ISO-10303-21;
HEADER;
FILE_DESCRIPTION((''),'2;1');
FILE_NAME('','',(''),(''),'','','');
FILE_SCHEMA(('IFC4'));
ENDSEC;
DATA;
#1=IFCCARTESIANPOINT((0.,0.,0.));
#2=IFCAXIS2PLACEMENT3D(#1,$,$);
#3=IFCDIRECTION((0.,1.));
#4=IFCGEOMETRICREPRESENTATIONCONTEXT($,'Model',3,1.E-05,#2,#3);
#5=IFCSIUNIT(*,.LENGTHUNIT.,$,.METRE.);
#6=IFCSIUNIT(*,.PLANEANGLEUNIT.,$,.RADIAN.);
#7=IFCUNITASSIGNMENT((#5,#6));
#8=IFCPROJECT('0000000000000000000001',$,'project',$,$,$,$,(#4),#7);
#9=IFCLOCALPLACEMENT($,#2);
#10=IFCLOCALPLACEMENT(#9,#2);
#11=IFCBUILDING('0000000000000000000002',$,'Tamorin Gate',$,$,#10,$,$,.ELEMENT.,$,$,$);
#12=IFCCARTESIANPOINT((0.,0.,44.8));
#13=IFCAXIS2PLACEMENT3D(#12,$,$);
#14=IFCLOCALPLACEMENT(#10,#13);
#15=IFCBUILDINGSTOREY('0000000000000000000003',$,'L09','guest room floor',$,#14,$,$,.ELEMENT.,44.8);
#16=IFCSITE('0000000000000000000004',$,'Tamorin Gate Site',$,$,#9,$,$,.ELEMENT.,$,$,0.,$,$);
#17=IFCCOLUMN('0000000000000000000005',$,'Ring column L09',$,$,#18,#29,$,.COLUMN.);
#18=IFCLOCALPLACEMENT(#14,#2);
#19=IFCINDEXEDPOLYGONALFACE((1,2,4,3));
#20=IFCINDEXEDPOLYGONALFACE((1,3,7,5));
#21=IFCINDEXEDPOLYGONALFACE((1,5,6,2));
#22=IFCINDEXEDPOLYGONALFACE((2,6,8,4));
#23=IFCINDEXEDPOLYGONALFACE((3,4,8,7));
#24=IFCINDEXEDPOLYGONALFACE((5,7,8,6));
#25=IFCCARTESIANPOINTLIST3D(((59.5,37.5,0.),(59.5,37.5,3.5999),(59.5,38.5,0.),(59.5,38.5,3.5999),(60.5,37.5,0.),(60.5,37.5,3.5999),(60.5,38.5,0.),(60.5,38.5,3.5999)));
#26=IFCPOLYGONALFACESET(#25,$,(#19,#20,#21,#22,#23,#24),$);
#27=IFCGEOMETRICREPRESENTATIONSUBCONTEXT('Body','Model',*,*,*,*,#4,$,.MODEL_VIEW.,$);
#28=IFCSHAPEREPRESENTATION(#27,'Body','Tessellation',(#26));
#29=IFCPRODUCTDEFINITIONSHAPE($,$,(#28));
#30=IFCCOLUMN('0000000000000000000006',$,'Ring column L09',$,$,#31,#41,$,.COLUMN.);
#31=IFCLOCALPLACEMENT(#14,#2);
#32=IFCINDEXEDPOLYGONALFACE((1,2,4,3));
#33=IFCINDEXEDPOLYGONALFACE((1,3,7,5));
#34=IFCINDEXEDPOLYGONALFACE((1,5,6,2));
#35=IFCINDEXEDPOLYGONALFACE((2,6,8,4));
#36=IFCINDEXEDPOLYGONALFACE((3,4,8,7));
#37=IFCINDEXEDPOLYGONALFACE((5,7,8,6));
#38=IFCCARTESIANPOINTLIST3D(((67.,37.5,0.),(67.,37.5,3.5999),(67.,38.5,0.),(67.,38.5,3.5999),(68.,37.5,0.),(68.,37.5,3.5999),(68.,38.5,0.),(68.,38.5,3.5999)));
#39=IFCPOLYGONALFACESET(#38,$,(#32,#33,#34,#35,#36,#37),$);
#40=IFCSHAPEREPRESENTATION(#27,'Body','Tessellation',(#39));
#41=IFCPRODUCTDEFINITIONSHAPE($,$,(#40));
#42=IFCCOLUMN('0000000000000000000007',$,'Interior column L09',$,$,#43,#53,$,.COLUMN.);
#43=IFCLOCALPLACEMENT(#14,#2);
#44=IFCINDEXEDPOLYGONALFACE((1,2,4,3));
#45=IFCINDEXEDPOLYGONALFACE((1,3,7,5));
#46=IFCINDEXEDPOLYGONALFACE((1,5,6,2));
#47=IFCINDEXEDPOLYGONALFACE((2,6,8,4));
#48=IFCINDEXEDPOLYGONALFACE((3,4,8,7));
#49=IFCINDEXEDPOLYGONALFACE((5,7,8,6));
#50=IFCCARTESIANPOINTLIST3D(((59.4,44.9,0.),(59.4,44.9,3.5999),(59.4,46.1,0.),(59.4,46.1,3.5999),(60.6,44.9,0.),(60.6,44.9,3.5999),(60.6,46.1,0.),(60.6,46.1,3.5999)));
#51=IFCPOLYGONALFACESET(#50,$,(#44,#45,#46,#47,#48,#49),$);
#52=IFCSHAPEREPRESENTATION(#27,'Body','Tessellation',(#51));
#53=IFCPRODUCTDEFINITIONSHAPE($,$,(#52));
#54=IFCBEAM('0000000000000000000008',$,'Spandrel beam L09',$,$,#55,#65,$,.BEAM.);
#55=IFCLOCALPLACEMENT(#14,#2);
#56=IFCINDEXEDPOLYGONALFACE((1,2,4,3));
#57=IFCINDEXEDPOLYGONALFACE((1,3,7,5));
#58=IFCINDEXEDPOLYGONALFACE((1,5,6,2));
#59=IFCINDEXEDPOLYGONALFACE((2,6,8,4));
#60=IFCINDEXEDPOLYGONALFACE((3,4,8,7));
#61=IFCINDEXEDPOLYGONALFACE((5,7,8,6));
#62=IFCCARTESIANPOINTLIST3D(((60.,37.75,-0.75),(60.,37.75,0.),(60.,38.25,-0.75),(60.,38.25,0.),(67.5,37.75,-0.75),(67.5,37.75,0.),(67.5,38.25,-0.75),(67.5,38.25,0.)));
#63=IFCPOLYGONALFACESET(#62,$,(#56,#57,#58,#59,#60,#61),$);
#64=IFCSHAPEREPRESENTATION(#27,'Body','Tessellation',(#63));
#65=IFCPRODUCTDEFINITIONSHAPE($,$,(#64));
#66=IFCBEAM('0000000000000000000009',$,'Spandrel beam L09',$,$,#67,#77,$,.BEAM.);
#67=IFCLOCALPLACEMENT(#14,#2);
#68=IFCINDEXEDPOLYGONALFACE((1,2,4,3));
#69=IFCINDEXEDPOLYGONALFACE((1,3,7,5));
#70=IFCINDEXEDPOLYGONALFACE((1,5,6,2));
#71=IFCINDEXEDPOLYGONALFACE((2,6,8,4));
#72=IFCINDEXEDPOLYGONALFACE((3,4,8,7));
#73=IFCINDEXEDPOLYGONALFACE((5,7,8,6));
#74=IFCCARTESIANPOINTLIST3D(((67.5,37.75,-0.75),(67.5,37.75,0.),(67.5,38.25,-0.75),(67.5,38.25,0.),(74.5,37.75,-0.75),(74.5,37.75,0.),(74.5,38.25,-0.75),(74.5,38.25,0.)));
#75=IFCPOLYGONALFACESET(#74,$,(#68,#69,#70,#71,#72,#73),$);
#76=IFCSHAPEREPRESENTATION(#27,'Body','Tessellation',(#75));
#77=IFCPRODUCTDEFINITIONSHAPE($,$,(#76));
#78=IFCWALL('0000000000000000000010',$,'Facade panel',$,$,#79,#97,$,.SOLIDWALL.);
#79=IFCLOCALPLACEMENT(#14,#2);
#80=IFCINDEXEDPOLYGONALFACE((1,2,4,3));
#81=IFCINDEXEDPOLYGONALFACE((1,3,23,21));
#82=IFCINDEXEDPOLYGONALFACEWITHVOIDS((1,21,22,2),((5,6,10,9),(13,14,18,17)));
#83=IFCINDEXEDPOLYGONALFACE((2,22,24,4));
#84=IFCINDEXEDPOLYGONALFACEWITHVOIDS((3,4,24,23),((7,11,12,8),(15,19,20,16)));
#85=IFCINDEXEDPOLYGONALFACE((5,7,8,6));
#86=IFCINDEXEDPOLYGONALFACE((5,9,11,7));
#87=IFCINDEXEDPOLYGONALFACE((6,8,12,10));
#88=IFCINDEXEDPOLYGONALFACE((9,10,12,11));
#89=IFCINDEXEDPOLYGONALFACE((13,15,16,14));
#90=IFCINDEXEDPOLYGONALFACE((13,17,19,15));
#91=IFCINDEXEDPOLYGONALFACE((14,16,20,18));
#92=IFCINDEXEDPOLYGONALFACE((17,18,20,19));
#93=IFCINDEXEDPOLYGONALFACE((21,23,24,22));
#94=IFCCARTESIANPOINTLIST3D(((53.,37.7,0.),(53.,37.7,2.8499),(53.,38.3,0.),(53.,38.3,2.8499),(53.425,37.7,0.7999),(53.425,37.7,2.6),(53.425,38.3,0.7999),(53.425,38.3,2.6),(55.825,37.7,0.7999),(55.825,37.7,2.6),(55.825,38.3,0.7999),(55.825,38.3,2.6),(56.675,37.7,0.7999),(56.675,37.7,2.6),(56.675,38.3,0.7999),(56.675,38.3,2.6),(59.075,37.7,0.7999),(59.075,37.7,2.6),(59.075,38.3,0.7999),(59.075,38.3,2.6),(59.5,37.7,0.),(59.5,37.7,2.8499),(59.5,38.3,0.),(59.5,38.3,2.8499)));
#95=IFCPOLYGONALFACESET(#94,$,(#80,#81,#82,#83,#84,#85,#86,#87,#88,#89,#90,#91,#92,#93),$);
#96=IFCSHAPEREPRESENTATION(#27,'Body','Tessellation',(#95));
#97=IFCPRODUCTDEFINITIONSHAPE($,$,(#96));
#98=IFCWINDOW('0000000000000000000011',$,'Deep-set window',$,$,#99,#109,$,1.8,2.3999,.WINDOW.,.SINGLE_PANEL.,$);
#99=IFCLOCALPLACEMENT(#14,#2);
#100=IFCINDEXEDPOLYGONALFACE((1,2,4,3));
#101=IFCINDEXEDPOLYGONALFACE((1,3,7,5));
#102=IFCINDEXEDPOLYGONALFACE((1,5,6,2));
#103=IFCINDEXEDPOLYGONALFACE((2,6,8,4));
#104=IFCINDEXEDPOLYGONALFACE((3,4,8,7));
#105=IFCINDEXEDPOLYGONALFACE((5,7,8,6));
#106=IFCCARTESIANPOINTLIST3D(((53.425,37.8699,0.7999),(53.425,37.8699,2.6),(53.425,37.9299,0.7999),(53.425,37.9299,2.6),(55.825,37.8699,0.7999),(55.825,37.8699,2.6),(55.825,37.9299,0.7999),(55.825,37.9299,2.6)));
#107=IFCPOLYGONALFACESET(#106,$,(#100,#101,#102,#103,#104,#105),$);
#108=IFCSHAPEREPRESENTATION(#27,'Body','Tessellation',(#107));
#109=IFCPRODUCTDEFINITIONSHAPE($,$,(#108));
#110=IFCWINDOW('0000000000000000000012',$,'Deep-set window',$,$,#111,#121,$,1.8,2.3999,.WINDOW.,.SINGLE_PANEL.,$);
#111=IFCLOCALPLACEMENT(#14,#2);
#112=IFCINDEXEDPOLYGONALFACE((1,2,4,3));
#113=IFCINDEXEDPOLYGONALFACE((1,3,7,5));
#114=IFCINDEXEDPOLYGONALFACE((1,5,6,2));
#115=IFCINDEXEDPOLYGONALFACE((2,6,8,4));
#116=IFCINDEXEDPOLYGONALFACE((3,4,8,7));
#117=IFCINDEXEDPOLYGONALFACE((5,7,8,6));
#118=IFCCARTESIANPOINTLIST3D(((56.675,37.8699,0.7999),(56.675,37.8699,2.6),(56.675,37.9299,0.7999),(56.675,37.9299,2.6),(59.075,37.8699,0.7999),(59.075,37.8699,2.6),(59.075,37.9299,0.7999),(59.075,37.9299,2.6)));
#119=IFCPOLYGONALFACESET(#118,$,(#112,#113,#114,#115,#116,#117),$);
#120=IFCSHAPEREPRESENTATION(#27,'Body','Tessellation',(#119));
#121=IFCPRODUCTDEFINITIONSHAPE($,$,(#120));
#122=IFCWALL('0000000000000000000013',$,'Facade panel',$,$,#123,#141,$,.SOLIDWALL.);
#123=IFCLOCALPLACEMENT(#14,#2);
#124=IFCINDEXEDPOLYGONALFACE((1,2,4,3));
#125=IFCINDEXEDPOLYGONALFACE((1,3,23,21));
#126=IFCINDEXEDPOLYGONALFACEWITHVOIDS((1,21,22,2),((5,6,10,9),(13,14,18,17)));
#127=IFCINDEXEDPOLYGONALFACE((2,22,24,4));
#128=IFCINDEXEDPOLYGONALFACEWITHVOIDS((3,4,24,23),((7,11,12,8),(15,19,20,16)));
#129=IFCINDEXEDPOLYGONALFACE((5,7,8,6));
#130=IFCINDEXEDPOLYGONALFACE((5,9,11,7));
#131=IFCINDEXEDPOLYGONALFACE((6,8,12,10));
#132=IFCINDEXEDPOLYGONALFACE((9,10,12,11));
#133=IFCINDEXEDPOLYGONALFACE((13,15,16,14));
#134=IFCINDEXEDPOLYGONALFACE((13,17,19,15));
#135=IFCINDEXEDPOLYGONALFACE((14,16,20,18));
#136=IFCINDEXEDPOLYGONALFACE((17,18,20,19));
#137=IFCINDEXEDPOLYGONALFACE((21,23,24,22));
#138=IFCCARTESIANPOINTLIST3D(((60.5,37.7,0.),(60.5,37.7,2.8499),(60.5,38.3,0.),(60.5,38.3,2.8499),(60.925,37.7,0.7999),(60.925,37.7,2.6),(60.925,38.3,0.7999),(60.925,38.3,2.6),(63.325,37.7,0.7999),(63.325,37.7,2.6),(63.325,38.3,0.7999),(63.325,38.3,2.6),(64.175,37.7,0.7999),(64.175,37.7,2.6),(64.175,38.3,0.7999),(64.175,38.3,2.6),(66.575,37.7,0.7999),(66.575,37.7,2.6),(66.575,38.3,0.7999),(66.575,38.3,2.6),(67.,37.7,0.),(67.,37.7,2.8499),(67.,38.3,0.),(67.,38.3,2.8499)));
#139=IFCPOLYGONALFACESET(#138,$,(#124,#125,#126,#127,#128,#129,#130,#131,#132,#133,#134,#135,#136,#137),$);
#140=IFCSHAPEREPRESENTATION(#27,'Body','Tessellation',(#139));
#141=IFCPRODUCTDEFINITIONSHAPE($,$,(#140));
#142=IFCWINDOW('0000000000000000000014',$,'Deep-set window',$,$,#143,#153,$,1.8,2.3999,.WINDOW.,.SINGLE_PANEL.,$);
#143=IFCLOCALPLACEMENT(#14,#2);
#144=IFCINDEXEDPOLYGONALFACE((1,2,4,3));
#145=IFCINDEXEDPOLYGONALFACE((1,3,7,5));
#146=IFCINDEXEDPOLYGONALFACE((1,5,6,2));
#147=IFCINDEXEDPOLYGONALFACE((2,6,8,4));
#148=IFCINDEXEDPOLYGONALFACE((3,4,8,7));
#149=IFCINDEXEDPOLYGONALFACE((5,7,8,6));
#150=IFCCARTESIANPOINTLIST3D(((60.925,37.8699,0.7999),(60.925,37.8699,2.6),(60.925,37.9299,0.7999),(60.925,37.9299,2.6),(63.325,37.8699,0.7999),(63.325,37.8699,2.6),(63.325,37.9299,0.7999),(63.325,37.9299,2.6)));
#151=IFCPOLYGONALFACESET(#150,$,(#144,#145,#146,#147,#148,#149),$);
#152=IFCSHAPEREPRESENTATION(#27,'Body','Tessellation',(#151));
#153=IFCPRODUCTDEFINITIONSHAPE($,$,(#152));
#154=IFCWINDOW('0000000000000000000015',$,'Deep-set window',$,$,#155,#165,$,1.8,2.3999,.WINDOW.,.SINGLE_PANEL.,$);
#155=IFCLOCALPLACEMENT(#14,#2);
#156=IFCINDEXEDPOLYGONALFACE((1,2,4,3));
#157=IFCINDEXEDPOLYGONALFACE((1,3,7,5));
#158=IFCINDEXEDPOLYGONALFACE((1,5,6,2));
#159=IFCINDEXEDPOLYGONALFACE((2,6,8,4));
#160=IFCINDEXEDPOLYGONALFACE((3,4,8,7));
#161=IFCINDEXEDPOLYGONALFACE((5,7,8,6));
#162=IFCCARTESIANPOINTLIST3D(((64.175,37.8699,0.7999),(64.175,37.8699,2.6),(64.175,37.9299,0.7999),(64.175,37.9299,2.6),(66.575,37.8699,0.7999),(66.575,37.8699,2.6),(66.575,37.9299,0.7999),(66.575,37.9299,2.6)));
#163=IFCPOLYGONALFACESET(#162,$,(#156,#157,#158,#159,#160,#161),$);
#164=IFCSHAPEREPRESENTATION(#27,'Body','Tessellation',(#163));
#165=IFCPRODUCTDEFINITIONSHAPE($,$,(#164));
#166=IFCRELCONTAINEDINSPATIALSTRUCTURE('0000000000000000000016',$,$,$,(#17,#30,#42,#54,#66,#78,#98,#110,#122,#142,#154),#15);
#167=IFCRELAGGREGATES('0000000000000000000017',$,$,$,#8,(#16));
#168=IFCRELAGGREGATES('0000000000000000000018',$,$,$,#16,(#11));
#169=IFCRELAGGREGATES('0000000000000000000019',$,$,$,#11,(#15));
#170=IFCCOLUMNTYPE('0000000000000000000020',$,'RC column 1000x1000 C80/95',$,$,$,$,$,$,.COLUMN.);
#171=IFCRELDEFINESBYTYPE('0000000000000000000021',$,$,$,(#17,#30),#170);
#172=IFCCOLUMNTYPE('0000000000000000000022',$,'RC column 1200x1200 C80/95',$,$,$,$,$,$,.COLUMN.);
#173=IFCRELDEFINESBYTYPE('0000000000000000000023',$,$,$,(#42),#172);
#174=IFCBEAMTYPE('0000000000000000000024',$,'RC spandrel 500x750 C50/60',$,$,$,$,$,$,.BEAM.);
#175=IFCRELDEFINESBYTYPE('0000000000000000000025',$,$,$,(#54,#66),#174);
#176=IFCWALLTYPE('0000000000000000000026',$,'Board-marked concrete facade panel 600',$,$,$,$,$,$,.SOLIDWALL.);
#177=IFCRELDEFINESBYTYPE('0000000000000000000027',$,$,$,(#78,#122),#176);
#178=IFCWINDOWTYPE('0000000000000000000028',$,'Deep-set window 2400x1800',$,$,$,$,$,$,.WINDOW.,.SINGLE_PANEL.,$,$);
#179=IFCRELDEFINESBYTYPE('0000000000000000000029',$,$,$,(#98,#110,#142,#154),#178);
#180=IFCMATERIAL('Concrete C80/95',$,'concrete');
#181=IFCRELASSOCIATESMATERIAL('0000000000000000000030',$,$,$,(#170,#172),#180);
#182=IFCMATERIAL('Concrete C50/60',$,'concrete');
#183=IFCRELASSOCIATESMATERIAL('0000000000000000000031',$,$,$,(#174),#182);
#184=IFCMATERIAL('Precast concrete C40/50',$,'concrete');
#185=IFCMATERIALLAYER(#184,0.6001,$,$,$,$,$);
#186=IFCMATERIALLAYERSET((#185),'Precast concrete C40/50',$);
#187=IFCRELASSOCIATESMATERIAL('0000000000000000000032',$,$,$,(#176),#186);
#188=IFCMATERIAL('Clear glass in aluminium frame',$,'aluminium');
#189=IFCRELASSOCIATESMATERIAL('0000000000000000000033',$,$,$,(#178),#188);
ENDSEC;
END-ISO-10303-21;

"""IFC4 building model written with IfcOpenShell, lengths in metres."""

from ifc_helpers import new_model, si_unit, direction, frame, frame_2d, origin, origin_2d, place, context, subcontext, project, spatial, rectangle, extrude, material, layer, layer_set, material_profile, profile_set, type_object, element, fill, save


model = new_model("IFC4")

# Units and contexts
model_context = context("Model", 3, precision=1e-05, world=origin(), true_north=direction((0.0, 1.0)))
body_context = subcontext(model_context, "Body", "Model", "MODEL_VIEW")
ifc_project = project(units=[si_unit("LENGTHUNIT", "METRE"), si_unit("PLANEANGLEUNIT", "RADIAN")], contexts=[model_context])

# Site, building, storey
site_placement = place(None, origin())
site = spatial("IfcSite", under=ifc_project, at=site_placement, Name="Tamorin Gate Site", CompositionType="ELEMENT", RefElevation=0.0)
building_placement = place(site_placement, origin())
building = spatial("IfcBuilding", under=site, at=building_placement, Name="Tamorin Gate", CompositionType="ELEMENT")
storey_placement = place(building_placement, frame((0.0, 0.0, 44.8)))
storey = spatial("IfcBuildingStorey", under=building, at=storey_placement, Name="L09", Description="guest room floor", CompositionType="ELEMENT", Elevation=44.8)

# Columns
ifc_material_1 = material(Name="Concrete C80/95", Category="concrete")
ifc_material_profile_1 = material_profile(ifc_material_1, rectangle(XDim=1.0, YDim=1.0, at=origin_2d()), Name="RC 1000x1000")
ifc_profile_set_1 = profile_set([ifc_material_profile_1], Name="Concrete C80/95")
column_type_1 = type_object("IfcColumnType", Name="RC column 1000x1000 C80/95", PredefinedType="COLUMN", material=ifc_profile_set_1)
for number, where, z_axis, x_axis, name in (
    (1, (60.0, 38.0, 0.0), (0.0, 0.0, 1.0), (1.0, 0.0, 0.0), "Ring column L09"),
    (2, (67.5, 38.0, 0.0), (0.0, 0.0, 1.0), (1.0, 0.0, 0.0), "Ring column L09"),
):
    element("IfcColumn", number, at=place(storey_placement, frame(where, z_axis=z_axis, x_axis=x_axis)), inside=storey, type_object=column_type_1, Name=name, PredefinedType="COLUMN", context=body_context, shape_type="SweptSolid", body=[
        extrude(rectangle(XDim=1.0, YDim=1.0, at=origin_2d()), origin(), (0.0, 0.0, 1.0), 3.5999),
    ])
ifc_material_profile_2 = material_profile(ifc_material_1, rectangle(XDim=1.2, YDim=1.2, at=origin_2d()), Name="RC 1200x1200")
ifc_profile_set_2 = profile_set([ifc_material_profile_2], Name="Concrete C80/95")
column_type_2 = type_object("IfcColumnType", Name="RC column 1200x1200 C80/95", PredefinedType="COLUMN", material=ifc_profile_set_2)
column_placement = place(storey_placement, frame((60.0, 45.5, 0.0), z_axis=(0.0, 0.0, 1.0), x_axis=(1.0, 0.0, 0.0)))
element("IfcColumn", 3, at=column_placement, inside=storey, type_object=column_type_2, Name="Interior column L09", PredefinedType="COLUMN", context=body_context, shape_type="SweptSolid", body=[
    extrude(rectangle(XDim=1.2, YDim=1.2, at=origin_2d()), origin(), (0.0, 0.0, 1.0), 3.5999),
])

# Beams
ifc_material_2 = material(Name="Concrete C50/60", Category="concrete")
ifc_material_profile_3 = material_profile(ifc_material_2, rectangle(XDim=0.5, YDim=0.75, at=origin_2d()), Name="RC 500x750")
ifc_profile_set_3 = profile_set([ifc_material_profile_3], Name="Concrete C50/60")
beam_type = type_object("IfcBeamType", Name="RC spandrel 500x750 C50/60", PredefinedType="BEAM", material=ifc_profile_set_3)
beam_1_placement = place(storey_placement, frame((60.0, 38.0, -0.375), z_axis=(1.0, 0.0, 0.0), x_axis=(0.0, 1.0, 0.0)))
element("IfcBeam", 4, at=beam_1_placement, inside=storey, type_object=beam_type, Name="Spandrel beam L09", PredefinedType="BEAM", context=body_context, shape_type="SweptSolid", body=[
    extrude(rectangle(XDim=0.5, YDim=0.75, at=origin_2d()), origin(), (0.0, 0.0, 1.0), 7.5),
])
beam_2_placement = place(storey_placement, frame((67.5, 38.0, -0.375), z_axis=(1.0, 0.0, 0.0), x_axis=(0.0, 1.0, 0.0)))
element("IfcBeam", 5, at=beam_2_placement, inside=storey, type_object=beam_type, Name="Spandrel beam L09", PredefinedType="BEAM", context=body_context, shape_type="SweptSolid", body=[
    extrude(rectangle(XDim=0.5, YDim=0.75, at=origin_2d()), origin(), (0.0, 0.0, 1.0), 7.0),
])

# Walls, openings, windows
ifc_material_3 = material(Name="Precast concrete C40/50", Category="concrete")
ifc_layer_1 = layer(ifc_material_3, 0.6001)
ifc_layer_set_1 = layer_set([ifc_layer_1], Name="Precast concrete C40/50")
wall_type_1 = type_object("IfcWallType", Name="Board-marked concrete facade panel 600", PredefinedType="SOLIDWALL", material=ifc_layer_set_1)
wall_1_placement = place(storey_placement, frame((53.0, 38.0, 0.0), z_axis=(0.0, 0.0, 1.0), x_axis=(1.0, 0.0, 0.0)))
wall_1 = element("IfcWall", 6, at=wall_1_placement, inside=storey, type_object=wall_type_1, Name="Facade panel", PredefinedType="SOLIDWALL", context=body_context, shape_type="SweptSolid", body=[
    extrude(rectangle(XDim=6.5, YDim=0.6001, at=frame_2d((3.25, 0.0))), origin(), (0.0, 0.0, 1.0), 2.8499),
])
opening_1_placement = place(wall_1_placement, frame((0.425, 0.0, 0.8)))
opening_1 = element("IfcOpeningElement", 7, at=opening_1_placement, cuts=wall_1, PredefinedType="OPENING", context=body_context, shape_type="SweptSolid", body=[
    extrude(rectangle(XDim=2.3999, YDim=1.8, at=frame_2d((1.2, 0.8999))), frame((0.0, 0.3101, 0.0), z_axis=(0.0, -1.0, 0.0), x_axis=(1.0, 0.0, 0.0)), (0.0, 0.0, 1.0), 0.6201),
])
opening_2_placement = place(wall_1_placement, frame((3.675, 0.0, 0.8)))
opening_2 = element("IfcOpeningElement", 8, at=opening_2_placement, cuts=wall_1, PredefinedType="OPENING", context=body_context, shape_type="SweptSolid", body=[
    extrude(rectangle(XDim=2.3999, YDim=1.8, at=frame_2d((1.2, 0.8999))), frame((0.0, 0.3101, 0.0), z_axis=(0.0, -1.0, 0.0), x_axis=(1.0, 0.0, 0.0)), (0.0, 0.0, 1.0), 0.6201),
])
ifc_material_4 = material(Name="Clear glass in aluminium frame", Category="aluminium")
window_type = type_object("IfcWindowType", Name="Deep-set window 2400x1800", PartitioningType="SINGLE_PANEL", PredefinedType="WINDOW", material=ifc_material_4)
window_1_placement = place(opening_1_placement, origin())
window_1 = element("IfcWindow", 9, at=window_1_placement, inside=storey, type_object=window_type, Name="Deep-set window", OverallHeight=1.8, OverallWidth=2.3999, PartitioningType="SINGLE_PANEL", PredefinedType="WINDOW", context=body_context, shape_type="SweptSolid", body=[
    extrude(rectangle(XDim=2.3999, YDim=1.8, at=frame_2d((1.2, 0.8999))), frame((0.0, -0.0701, 0.0), z_axis=(0.0, -1.0, 0.0), x_axis=(1.0, 0.0, 0.0)), (0.0, 0.0, 1.0), 0.0601),
])
fill(opening_1, window_1)
window_2_placement = place(opening_2_placement, origin())
window_2 = element("IfcWindow", 10, at=window_2_placement, inside=storey, type_object=window_type, Name="Deep-set window", OverallHeight=1.8, OverallWidth=2.3999, PartitioningType="SINGLE_PANEL", PredefinedType="WINDOW", context=body_context, shape_type="SweptSolid", body=[
    extrude(rectangle(XDim=2.3999, YDim=1.8, at=frame_2d((1.2, 0.8999))), frame((0.0, -0.0701, 0.0), z_axis=(0.0, -1.0, 0.0), x_axis=(1.0, 0.0, 0.0)), (0.0, 0.0, 1.0), 0.0601),
])
fill(opening_2, window_2)
wall_2_placement = place(storey_placement, frame((60.5, 38.0, 0.0), z_axis=(0.0, 0.0, 1.0), x_axis=(1.0, 0.0, 0.0)))
wall_2 = element("IfcWall", 11, at=wall_2_placement, inside=storey, type_object=wall_type_1, Name="Facade panel", PredefinedType="SOLIDWALL", context=body_context, shape_type="SweptSolid", body=[
    extrude(rectangle(XDim=6.5, YDim=0.6001, at=frame_2d((3.25, 0.0))), origin(), (0.0, 0.0, 1.0), 2.8499),
])
opening_3_placement = place(wall_2_placement, frame((0.425, 0.0, 0.8)))
opening_3 = element("IfcOpeningElement", 12, at=opening_3_placement, cuts=wall_2, PredefinedType="OPENING", context=body_context, shape_type="SweptSolid", body=[
    extrude(rectangle(XDim=2.3999, YDim=1.8, at=frame_2d((1.2, 0.8999))), frame((0.0, 0.3101, 0.0), z_axis=(0.0, -1.0, 0.0), x_axis=(1.0, 0.0, 0.0)), (0.0, 0.0, 1.0), 0.6201),
])
opening_4_placement = place(wall_2_placement, frame((3.675, 0.0, 0.8)))
opening_4 = element("IfcOpeningElement", 13, at=opening_4_placement, cuts=wall_2, PredefinedType="OPENING", context=body_context, shape_type="SweptSolid", body=[
    extrude(rectangle(XDim=2.3999, YDim=1.8, at=frame_2d((1.2, 0.8999))), frame((0.0, 0.3101, 0.0), z_axis=(0.0, -1.0, 0.0), x_axis=(1.0, 0.0, 0.0)), (0.0, 0.0, 1.0), 0.6201),
])
window_3_placement = place(opening_3_placement, origin())
window_3 = element("IfcWindow", 14, at=window_3_placement, inside=storey, type_object=window_type, Name="Deep-set window", OverallHeight=1.8, OverallWidth=2.3999, PartitioningType="SINGLE_PANEL", PredefinedType="WINDOW", context=body_context, shape_type="SweptSolid", body=[
    extrude(rectangle(XDim=2.3999, YDim=1.8, at=frame_2d((1.2, 0.8999))), frame((0.0, -0.0701, 0.0), z_axis=(0.0, -1.0, 0.0), x_axis=(1.0, 0.0, 0.0)), (0.0, 0.0, 1.0), 0.0601),
])
fill(opening_3, window_3)
window_4_placement = place(opening_4_placement, origin())
window_4 = element("IfcWindow", 15, at=window_4_placement, inside=storey, type_object=window_type, Name="Deep-set window", OverallHeight=1.8, OverallWidth=2.3999, PartitioningType="SINGLE_PANEL", PredefinedType="WINDOW", context=body_context, shape_type="SweptSolid", body=[
    extrude(rectangle(XDim=2.3999, YDim=1.8, at=frame_2d((1.2, 0.8999))), frame((0.0, -0.0701, 0.0), z_axis=(0.0, -1.0, 0.0), x_axis=(1.0, 0.0, 0.0)), (0.0, 0.0, 1.0), 0.0601),
])
fill(opening_4, window_4)

save(model, "model.ifc")
